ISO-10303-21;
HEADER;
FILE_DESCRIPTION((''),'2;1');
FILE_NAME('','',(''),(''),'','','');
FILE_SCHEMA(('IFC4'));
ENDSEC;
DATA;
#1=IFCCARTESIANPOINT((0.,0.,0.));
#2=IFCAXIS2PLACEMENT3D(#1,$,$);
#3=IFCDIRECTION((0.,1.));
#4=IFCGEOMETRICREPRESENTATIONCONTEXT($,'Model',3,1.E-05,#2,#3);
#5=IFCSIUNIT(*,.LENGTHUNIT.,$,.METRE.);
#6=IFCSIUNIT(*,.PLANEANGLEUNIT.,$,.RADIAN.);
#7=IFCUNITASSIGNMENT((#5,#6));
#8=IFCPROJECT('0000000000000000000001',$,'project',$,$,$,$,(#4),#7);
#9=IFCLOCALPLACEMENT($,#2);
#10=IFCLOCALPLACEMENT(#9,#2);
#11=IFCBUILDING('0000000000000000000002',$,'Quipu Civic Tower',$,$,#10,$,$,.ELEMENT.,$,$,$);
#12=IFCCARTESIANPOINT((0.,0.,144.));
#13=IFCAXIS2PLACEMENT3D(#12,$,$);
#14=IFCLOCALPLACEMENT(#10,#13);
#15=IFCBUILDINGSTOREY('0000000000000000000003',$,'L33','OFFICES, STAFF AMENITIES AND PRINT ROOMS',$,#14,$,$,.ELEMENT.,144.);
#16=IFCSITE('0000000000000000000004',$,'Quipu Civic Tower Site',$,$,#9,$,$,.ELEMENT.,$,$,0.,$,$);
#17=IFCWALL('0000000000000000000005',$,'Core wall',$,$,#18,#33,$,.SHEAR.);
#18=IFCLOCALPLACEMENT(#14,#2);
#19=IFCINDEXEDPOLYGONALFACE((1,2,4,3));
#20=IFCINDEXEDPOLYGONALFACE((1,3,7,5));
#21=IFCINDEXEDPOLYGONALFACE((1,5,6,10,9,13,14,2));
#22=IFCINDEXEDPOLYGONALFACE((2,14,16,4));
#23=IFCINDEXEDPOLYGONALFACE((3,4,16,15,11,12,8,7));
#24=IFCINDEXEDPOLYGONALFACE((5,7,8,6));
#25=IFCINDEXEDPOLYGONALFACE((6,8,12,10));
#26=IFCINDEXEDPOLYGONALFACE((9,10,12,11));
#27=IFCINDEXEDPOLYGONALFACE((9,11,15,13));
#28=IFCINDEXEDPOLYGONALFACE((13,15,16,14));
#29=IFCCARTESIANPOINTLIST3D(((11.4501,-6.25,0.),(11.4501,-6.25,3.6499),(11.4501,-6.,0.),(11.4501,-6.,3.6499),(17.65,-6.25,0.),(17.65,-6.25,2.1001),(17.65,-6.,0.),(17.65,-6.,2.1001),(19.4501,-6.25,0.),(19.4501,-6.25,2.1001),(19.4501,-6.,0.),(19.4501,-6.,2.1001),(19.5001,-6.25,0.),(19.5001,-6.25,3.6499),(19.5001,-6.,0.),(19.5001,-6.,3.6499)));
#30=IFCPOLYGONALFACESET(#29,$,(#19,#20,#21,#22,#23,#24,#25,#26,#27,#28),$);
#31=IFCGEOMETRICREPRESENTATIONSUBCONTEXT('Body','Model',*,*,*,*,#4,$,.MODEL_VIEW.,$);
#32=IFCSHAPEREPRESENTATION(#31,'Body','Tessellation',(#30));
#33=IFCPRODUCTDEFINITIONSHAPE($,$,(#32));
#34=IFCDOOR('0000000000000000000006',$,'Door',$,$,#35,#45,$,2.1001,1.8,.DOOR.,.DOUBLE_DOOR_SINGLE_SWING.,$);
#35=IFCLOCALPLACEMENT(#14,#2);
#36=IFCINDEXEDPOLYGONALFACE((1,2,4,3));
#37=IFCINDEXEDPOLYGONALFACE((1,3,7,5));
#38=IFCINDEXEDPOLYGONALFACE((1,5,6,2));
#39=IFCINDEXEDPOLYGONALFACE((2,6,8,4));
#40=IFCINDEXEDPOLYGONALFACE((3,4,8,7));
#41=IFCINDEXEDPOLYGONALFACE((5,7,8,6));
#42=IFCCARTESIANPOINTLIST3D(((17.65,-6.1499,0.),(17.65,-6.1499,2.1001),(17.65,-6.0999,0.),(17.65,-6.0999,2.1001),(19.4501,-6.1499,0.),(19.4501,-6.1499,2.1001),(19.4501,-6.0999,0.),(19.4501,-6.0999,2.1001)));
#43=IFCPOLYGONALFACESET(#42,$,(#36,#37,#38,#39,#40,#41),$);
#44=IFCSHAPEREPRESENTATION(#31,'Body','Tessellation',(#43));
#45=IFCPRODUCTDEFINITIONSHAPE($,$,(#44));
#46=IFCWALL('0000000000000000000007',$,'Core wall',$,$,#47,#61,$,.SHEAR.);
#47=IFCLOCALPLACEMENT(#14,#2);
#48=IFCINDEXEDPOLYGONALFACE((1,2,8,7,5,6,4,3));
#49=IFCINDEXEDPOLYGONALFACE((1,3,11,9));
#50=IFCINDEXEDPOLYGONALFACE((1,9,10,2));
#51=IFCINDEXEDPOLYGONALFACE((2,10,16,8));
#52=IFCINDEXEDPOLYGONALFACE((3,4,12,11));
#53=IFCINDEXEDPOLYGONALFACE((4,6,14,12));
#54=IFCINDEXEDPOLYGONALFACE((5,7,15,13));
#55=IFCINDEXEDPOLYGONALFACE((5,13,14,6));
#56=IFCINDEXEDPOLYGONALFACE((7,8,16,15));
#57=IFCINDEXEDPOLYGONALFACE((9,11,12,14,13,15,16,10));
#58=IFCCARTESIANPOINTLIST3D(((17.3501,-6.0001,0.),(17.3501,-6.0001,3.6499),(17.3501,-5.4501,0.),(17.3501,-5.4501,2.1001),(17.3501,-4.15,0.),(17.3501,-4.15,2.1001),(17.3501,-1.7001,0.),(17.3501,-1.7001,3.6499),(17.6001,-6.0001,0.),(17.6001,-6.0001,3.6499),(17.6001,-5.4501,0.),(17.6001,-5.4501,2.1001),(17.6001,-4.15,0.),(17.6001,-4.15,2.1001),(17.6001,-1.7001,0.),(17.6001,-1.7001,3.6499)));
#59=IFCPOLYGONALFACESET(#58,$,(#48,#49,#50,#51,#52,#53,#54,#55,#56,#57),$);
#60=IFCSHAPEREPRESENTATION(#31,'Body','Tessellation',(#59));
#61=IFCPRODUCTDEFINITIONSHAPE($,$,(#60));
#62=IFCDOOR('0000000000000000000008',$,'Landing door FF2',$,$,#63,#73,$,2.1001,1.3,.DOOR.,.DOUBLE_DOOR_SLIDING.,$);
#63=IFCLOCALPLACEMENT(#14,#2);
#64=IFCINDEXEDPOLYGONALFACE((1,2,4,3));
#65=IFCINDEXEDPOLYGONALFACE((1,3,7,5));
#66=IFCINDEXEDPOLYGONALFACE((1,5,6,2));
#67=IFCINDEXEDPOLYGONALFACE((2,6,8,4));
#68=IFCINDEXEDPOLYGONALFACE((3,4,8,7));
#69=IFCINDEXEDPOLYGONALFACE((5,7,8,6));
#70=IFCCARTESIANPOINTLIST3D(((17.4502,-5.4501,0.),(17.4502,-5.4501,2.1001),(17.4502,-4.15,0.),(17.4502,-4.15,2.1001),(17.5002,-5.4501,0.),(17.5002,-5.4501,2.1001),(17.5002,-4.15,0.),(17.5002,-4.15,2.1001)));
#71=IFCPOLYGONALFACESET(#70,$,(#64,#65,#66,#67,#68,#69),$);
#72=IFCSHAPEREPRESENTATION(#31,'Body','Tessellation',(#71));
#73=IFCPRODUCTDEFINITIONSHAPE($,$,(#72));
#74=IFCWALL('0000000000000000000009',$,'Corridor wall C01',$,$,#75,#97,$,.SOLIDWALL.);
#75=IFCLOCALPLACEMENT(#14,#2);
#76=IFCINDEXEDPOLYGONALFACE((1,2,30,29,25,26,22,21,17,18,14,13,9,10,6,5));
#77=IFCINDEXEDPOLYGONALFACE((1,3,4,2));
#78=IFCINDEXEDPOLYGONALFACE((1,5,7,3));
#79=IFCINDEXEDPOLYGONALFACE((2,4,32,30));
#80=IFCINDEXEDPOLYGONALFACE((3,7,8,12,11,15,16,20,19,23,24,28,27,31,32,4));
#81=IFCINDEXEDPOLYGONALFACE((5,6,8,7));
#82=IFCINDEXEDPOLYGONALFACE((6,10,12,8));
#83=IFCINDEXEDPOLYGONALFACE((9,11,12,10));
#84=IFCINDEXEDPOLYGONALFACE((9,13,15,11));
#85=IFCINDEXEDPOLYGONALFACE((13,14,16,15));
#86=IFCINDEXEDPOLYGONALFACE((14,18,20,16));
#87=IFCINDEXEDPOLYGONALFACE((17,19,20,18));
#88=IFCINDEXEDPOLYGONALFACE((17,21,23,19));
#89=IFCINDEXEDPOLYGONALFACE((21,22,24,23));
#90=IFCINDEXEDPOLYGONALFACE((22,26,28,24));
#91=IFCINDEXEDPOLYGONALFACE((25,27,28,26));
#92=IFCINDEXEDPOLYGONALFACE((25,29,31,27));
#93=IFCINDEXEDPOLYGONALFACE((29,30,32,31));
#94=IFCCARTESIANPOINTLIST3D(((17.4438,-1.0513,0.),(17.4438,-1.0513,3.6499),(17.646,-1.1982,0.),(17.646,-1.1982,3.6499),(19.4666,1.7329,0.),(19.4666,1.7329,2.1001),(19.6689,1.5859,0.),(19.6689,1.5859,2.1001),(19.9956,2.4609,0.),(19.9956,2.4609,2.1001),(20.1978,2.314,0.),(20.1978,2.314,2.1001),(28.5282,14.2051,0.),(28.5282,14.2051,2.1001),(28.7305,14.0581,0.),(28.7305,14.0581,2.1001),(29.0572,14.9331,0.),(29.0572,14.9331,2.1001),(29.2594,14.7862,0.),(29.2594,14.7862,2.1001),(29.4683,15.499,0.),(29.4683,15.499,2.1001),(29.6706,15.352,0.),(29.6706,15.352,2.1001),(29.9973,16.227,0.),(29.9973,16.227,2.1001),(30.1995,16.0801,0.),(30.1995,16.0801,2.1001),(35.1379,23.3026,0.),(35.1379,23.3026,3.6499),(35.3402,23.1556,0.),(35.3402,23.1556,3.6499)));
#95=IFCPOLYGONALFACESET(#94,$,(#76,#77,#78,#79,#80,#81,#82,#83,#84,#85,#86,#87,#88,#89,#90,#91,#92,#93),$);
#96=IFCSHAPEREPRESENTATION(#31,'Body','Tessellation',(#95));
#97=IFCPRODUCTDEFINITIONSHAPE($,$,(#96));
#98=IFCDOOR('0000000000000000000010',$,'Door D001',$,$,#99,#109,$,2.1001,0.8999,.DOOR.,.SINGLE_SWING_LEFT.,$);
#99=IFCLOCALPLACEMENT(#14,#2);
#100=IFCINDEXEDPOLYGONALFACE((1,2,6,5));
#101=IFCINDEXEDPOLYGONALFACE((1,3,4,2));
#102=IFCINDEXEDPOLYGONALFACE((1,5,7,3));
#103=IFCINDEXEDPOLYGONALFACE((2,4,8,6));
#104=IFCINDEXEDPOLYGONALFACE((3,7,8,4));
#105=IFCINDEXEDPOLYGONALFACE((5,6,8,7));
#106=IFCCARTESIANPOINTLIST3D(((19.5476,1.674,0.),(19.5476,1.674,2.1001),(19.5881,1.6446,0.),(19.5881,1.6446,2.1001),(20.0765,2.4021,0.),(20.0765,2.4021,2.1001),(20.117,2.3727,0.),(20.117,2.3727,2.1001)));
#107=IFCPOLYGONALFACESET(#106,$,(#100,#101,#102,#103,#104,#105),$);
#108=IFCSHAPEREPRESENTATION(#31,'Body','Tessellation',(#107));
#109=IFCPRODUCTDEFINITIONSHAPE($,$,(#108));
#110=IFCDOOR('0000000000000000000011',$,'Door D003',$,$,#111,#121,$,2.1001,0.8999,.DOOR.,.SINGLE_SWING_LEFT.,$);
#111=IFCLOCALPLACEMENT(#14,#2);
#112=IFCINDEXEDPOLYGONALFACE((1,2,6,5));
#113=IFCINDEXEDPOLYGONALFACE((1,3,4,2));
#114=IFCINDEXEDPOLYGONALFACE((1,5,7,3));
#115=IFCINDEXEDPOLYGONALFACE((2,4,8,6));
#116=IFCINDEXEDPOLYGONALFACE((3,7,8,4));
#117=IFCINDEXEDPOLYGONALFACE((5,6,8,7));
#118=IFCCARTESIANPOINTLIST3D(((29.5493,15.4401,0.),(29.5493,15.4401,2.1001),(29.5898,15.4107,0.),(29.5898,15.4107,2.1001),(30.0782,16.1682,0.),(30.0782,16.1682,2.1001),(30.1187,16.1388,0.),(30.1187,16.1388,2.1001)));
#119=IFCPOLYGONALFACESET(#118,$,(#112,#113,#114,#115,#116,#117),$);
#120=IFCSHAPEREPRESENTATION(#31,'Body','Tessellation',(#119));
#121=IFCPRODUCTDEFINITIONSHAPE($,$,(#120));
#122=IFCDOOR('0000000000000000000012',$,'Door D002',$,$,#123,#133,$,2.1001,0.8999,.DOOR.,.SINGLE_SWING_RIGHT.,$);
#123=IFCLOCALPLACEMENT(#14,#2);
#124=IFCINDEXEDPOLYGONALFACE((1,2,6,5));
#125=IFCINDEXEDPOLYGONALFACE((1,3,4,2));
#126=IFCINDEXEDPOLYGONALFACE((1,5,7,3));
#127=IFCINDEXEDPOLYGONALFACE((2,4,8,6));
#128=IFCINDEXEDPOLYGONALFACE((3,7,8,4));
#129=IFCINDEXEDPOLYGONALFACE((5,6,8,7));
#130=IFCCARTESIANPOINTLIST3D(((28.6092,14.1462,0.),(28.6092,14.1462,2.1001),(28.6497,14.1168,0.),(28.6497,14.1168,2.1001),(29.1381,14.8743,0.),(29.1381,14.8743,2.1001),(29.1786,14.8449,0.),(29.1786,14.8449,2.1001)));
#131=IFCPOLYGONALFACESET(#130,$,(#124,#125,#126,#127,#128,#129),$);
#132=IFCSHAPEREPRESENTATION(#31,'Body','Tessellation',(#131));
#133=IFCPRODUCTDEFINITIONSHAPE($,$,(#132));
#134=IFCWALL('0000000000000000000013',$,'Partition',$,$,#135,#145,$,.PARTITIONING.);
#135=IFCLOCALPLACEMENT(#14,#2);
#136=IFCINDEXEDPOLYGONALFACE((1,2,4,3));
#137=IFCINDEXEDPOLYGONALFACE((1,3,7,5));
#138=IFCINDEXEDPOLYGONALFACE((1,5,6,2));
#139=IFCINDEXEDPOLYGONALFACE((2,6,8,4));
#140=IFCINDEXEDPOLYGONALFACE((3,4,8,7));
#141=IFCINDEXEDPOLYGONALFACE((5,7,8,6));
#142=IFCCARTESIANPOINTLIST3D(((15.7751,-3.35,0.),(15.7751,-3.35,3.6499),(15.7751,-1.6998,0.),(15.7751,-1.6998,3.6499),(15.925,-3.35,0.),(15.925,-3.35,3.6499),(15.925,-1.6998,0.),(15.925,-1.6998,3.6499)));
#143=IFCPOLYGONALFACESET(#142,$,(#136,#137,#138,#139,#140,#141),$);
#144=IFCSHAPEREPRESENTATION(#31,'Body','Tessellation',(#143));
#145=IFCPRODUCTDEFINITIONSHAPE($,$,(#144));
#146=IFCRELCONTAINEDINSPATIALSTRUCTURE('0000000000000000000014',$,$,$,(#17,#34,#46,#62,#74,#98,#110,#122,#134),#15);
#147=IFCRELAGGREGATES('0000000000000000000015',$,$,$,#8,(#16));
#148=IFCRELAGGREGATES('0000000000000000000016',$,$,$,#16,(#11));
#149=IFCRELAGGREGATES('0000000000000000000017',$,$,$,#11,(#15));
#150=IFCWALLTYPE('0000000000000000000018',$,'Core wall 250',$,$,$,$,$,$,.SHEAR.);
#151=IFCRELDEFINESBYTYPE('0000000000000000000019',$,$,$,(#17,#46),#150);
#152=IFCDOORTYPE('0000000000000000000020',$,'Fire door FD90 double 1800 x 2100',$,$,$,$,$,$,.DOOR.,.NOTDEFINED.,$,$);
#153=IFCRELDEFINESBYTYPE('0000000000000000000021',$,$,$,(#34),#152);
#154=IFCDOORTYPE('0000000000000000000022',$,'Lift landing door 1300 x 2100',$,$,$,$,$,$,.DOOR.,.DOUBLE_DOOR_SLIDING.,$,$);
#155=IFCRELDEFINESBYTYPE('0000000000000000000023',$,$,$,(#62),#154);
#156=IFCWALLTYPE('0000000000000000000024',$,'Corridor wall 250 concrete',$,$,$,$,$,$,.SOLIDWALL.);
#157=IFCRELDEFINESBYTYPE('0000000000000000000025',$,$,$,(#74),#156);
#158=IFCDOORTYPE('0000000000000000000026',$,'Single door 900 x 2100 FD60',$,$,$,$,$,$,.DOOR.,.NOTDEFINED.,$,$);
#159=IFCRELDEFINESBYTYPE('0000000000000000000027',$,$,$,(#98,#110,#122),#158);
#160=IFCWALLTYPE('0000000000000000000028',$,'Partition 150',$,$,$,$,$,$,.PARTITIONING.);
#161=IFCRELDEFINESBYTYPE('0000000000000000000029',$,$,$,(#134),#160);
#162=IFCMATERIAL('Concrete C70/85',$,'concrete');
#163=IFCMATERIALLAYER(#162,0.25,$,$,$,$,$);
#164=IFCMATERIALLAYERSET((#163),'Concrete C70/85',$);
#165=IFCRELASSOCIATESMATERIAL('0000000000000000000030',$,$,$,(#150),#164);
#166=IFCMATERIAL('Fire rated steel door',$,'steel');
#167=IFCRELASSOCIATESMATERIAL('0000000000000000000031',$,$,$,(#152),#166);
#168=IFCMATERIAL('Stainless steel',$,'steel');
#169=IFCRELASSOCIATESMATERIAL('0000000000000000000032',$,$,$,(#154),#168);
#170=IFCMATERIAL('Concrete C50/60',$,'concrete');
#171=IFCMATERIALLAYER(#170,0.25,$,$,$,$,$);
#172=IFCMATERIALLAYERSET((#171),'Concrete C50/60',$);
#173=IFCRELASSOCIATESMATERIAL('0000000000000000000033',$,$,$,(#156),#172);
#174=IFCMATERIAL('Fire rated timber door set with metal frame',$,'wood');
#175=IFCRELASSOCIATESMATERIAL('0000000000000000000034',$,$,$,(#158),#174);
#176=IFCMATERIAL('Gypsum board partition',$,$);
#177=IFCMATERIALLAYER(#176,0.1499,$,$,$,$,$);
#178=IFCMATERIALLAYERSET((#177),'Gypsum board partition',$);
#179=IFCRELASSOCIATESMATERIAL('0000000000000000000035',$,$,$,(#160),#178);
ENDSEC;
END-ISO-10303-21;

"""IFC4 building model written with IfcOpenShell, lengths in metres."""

from ifc_helpers import new_model, si_unit, direction, frame, frame_2d, origin, place, context, subcontext, project, spatial, rectangle, extrude, material, layer, layer_set, type_object, element, fill, save


model = new_model("IFC4")

# Units and contexts
model_context = context("Model", 3, precision=1e-05, world=origin(), true_north=direction((0.0, 1.0)))
body_context = subcontext(model_context, "Body", "Model", "MODEL_VIEW")
ifc_project = project(units=[si_unit("LENGTHUNIT", "METRE"), si_unit("PLANEANGLEUNIT", "RADIAN")], contexts=[model_context])

# Site, building, storey
site_placement = place(None, origin())
site = spatial("IfcSite", under=ifc_project, at=site_placement, Name="Quipu Civic Tower Site", CompositionType="ELEMENT", RefElevation=0.0)
building_placement = place(site_placement, origin())
building = spatial("IfcBuilding", under=site, at=building_placement, Name="Quipu Civic Tower", CompositionType="ELEMENT")
storey_placement = place(building_placement, frame((0.0, 0.0, 144.0)))
storey = spatial("IfcBuildingStorey", under=building, at=storey_placement, Name="L33", Description="OFFICES, STAFF AMENITIES AND PRINT ROOMS", CompositionType="ELEMENT", Elevation=144.0)

# Walls, openings, doors
ifc_material_1 = material(Name="Concrete C70/85", Category="concrete")
ifc_layer_1 = layer(ifc_material_1, 0.25)
ifc_layer_set_1 = layer_set([ifc_layer_1], Name="Concrete C70/85")
wall_type_1 = type_object("IfcWallType", Name="Core wall 250", PredefinedType="SHEAR", material=ifc_layer_set_1)
wall_1_placement = place(storey_placement, frame((19.5, -6.125, 0.0), z_axis=(0.0, 0.0, 1.0), x_axis=(-1.0, 0.0, 0.0)))
wall_1 = element("IfcWall", 1, at=wall_1_placement, inside=storey, type_object=wall_type_1, Name="Core wall", PredefinedType="SHEAR", context=body_context, shape_type="SweptSolid", body=[
    extrude(rectangle(XDim=8.05, YDim=0.25, at=frame_2d((4.0249, 0.0))), origin(), (0.0, 0.0, 1.0), 3.6499),
])
opening_1_placement = place(wall_1_placement, frame((0.05, 0.0, 0.0)))
opening_1 = element("IfcOpeningElement", 2, at=opening_1_placement, cuts=wall_1, PredefinedType="OPENING", context=body_context, shape_type="SweptSolid", body=[
    extrude(rectangle(XDim=1.8, YDim=2.1001, at=frame_2d((0.8999, 1.05))), frame((0.0, 0.135, 0.0), z_axis=(0.0, -1.0, 0.0), x_axis=(1.0, 0.0, 0.0)), (0.0, 0.0, 1.0), 0.27),
])
ifc_material_2 = material(Name="Fire rated steel door", Category="steel")
door_type_1 = type_object("IfcDoorType", Name="Fire door FD90 double 1800 x 2100", OperationType="NOTDEFINED", PredefinedType="DOOR", material=ifc_material_2)
door_1_placement = place(opening_1_placement, origin())
door_1 = element("IfcDoor", 3, at=door_1_placement, inside=storey, type_object=door_type_1, Name="Door", OperationType="DOUBLE_DOOR_SINGLE_SWING", OverallHeight=2.1001, OverallWidth=1.8, PredefinedType="DOOR", context=body_context, shape_type="SweptSolid", body=[
    extrude(rectangle(XDim=1.8, YDim=2.1001, at=frame_2d((0.8999, 1.05))), frame((0.0, 0.0249, 0.0), z_axis=(0.0, -1.0, 0.0), x_axis=(1.0, 0.0, 0.0)), (0.0, 0.0, 1.0), 0.05),
])
fill(opening_1, door_1)
wall_2_placement = place(storey_placement, frame((17.4751, -6.0, 0.0), z_axis=(0.0, 0.0, 1.0), x_axis=(0.0, 1.0, 0.0)))
wall_2 = element("IfcWall", 4, at=wall_2_placement, inside=storey, type_object=wall_type_1, Name="Core wall", PredefinedType="SHEAR", context=body_context, shape_type="SweptSolid", body=[
    extrude(rectangle(XDim=4.3, YDim=0.25, at=frame_2d((2.1499, 0.0))), origin(), (0.0, 0.0, 1.0), 3.6499),
])
opening_2_placement = place(wall_2_placement, frame((0.55, 0.0, 0.0)))
opening_2 = element("IfcOpeningElement", 5, at=opening_2_placement, cuts=wall_2, PredefinedType="OPENING", context=body_context, shape_type="SweptSolid", body=[
    extrude(rectangle(XDim=1.3, YDim=2.1001, at=frame_2d((0.6499, 1.05))), frame((0.0, 0.135, 0.0), z_axis=(0.0, -1.0, 0.0), x_axis=(1.0, 0.0, 0.0)), (0.0, 0.0, 1.0), 0.27),
])
ifc_material_3 = material(Name="Stainless steel", Category="steel")
door_type_2 = type_object("IfcDoorType", Name="Lift landing door 1300 x 2100", OperationType="DOUBLE_DOOR_SLIDING", PredefinedType="DOOR", material=ifc_material_3)
door_2_placement = place(opening_2_placement, origin())
door_2 = element("IfcDoor", 6, at=door_2_placement, inside=storey, type_object=door_type_2, Name="Landing door FF2", OperationType="DOUBLE_DOOR_SLIDING", OverallHeight=2.1001, OverallWidth=1.3, PredefinedType="DOOR", context=body_context, shape_type="SweptSolid", body=[
    extrude(rectangle(XDim=1.3, YDim=2.1001, at=frame_2d((0.6499, 1.05))), frame((0.0, 0.0249, 0.0), z_axis=(0.0, -1.0, 0.0), x_axis=(1.0, 0.0, 0.0)), (0.0, 0.0, 1.0), 0.05),
])
fill(opening_2, door_2)

# Wall, openings, doors
ifc_material_4 = material(Name="Concrete C50/60", Category="concrete")
ifc_layer_2 = layer(ifc_material_4, 0.25)
ifc_layer_set_2 = layer_set([ifc_layer_2], Name="Concrete C50/60")
wall_type_2 = type_object("IfcWallType", Name="Corridor wall 250 concrete", PredefinedType="SOLIDWALL", material=ifc_layer_set_2)
wall_3_placement = place(storey_placement, frame((17.5449, -1.1248, 0.0), z_axis=(0.0, 0.0, 1.0), x_axis=(0.587786, 0.809016, 0.0)))
wall_3 = element("IfcWall", 7, at=wall_3_placement, inside=storey, type_object=wall_type_2, Name="Corridor wall C01", PredefinedType="SOLIDWALL", context=body_context, shape_type="SweptSolid", body=[
    extrude(rectangle(XDim=30.103, YDim=0.25, at=frame_2d((15.0515, 0.0))), origin(), (0.0, 0.0, 1.0), 3.6499),
])
opening_3_placement = place(wall_3_placement, frame((3.4414, 0.0, 0.0)))
opening_3 = element("IfcOpeningElement", 8, at=opening_3_placement, cuts=wall_3, PredefinedType="OPENING", context=body_context, shape_type="SweptSolid", body=[
    extrude(rectangle(XDim=0.8999, YDim=2.1001, at=frame_2d((0.45, 1.05))), frame((0.0, 0.135, 0.0), z_axis=(0.0, -1.0, 0.0), x_axis=(1.0, 0.0, 0.0)), (0.0, 0.0, 1.0), 0.27),
])
opening_4_placement = place(wall_3_placement, frame((20.4573, 0.0, 0.0)))
opening_4 = element("IfcOpeningElement", 9, at=opening_4_placement, cuts=wall_3, PredefinedType="OPENING", context=body_context, shape_type="SweptSolid", body=[
    extrude(rectangle(XDim=0.8999, YDim=2.1001, at=frame_2d((0.45, 1.05))), frame((0.0, 0.135, 0.0), z_axis=(0.0, -1.0, 0.0), x_axis=(1.0, 0.0, 0.0)), (0.0, 0.0, 1.0), 0.27),
])
opening_5_placement = place(wall_3_placement, frame((18.8579, 0.0, 0.0)))
opening_5 = element("IfcOpeningElement", 10, at=opening_5_placement, cuts=wall_3, PredefinedType="OPENING", context=body_context, shape_type="SweptSolid", body=[
    extrude(rectangle(XDim=0.8999, YDim=2.1001, at=frame_2d((0.45, 1.05))), frame((0.0, 0.135, 0.0), z_axis=(0.0, -1.0, 0.0), x_axis=(1.0, 0.0, 0.0)), (0.0, 0.0, 1.0), 0.27),
])
ifc_material_5 = material(Name="Fire rated timber door set with metal frame", Category="wood")
door_type_3 = type_object("IfcDoorType", Name="Single door 900 x 2100 FD60", OperationType="NOTDEFINED", PredefinedType="DOOR", material=ifc_material_5)
door_3_placement = place(opening_3_placement, origin())
door_3 = element("IfcDoor", 11, at=door_3_placement, inside=storey, type_object=door_type_3, Name="Door D001", OperationType="SINGLE_SWING_LEFT", OverallHeight=2.1001, OverallWidth=0.8999, PredefinedType="DOOR", context=body_context, shape_type="SweptSolid", body=[
    extrude(rectangle(XDim=0.8999, YDim=2.1001, at=frame_2d((0.45, 1.05))), frame((0.0, 0.0249, 0.0), z_axis=(0.0, -1.0, 0.0), x_axis=(1.0, 0.0, 0.0)), (0.0, 0.0, 1.0), 0.05),
])
fill(opening_3, door_3)
door_4_placement = place(opening_4_placement, origin())
door_4 = element("IfcDoor", 12, at=door_4_placement, inside=storey, type_object=door_type_3, Name="Door D003", OperationType="SINGLE_SWING_LEFT", OverallHeight=2.1001, OverallWidth=0.8999, PredefinedType="DOOR", context=body_context, shape_type="SweptSolid", body=[
    extrude(rectangle(XDim=0.8999, YDim=2.1001, at=frame_2d((0.45, 1.05))), frame((0.0, 0.0249, 0.0), z_axis=(0.0, -1.0, 0.0), x_axis=(1.0, 0.0, 0.0)), (0.0, 0.0, 1.0), 0.05),
])
fill(opening_4, door_4)
door_5_placement = place(opening_5_placement, origin())
door_5 = element("IfcDoor", 13, at=door_5_placement, inside=storey, type_object=door_type_3, Name="Door D002", OperationType="SINGLE_SWING_RIGHT", OverallHeight=2.1001, OverallWidth=0.8999, PredefinedType="DOOR", context=body_context, shape_type="SweptSolid", body=[
    extrude(rectangle(XDim=0.8999, YDim=2.1001, at=frame_2d((0.45, 1.05))), frame((0.0, 0.0249, 0.0), z_axis=(0.0, -1.0, 0.0), x_axis=(1.0, 0.0, 0.0)), (0.0, 0.0, 1.0), 0.05),
])
fill(opening_5, door_5)

# Wall
ifc_material_6 = material(Name="Gypsum board partition")
ifc_layer_3 = layer(ifc_material_6, 0.1499)
ifc_layer_set_3 = layer_set([ifc_layer_3], Name="Gypsum board partition")
wall_type_3 = type_object("IfcWallType", Name="Partition 150", PredefinedType="PARTITIONING", material=ifc_layer_set_3)
wall_4_placement = place(storey_placement, frame((15.8501, -3.3501, 0.0), z_axis=(0.0, 0.0, 1.0), x_axis=(0.0, 1.0, 0.0)))
element("IfcWall", 14, at=wall_4_placement, inside=storey, type_object=wall_type_3, Name="Partition", PredefinedType="PARTITIONING", context=body_context, shape_type="SweptSolid", body=[
    extrude(rectangle(XDim=1.6501, YDim=0.1499, at=frame_2d((0.8252, 0.0))), origin(), (0.0, 0.0, 1.0), 3.6499),
])

save(model, "model.ifc")
